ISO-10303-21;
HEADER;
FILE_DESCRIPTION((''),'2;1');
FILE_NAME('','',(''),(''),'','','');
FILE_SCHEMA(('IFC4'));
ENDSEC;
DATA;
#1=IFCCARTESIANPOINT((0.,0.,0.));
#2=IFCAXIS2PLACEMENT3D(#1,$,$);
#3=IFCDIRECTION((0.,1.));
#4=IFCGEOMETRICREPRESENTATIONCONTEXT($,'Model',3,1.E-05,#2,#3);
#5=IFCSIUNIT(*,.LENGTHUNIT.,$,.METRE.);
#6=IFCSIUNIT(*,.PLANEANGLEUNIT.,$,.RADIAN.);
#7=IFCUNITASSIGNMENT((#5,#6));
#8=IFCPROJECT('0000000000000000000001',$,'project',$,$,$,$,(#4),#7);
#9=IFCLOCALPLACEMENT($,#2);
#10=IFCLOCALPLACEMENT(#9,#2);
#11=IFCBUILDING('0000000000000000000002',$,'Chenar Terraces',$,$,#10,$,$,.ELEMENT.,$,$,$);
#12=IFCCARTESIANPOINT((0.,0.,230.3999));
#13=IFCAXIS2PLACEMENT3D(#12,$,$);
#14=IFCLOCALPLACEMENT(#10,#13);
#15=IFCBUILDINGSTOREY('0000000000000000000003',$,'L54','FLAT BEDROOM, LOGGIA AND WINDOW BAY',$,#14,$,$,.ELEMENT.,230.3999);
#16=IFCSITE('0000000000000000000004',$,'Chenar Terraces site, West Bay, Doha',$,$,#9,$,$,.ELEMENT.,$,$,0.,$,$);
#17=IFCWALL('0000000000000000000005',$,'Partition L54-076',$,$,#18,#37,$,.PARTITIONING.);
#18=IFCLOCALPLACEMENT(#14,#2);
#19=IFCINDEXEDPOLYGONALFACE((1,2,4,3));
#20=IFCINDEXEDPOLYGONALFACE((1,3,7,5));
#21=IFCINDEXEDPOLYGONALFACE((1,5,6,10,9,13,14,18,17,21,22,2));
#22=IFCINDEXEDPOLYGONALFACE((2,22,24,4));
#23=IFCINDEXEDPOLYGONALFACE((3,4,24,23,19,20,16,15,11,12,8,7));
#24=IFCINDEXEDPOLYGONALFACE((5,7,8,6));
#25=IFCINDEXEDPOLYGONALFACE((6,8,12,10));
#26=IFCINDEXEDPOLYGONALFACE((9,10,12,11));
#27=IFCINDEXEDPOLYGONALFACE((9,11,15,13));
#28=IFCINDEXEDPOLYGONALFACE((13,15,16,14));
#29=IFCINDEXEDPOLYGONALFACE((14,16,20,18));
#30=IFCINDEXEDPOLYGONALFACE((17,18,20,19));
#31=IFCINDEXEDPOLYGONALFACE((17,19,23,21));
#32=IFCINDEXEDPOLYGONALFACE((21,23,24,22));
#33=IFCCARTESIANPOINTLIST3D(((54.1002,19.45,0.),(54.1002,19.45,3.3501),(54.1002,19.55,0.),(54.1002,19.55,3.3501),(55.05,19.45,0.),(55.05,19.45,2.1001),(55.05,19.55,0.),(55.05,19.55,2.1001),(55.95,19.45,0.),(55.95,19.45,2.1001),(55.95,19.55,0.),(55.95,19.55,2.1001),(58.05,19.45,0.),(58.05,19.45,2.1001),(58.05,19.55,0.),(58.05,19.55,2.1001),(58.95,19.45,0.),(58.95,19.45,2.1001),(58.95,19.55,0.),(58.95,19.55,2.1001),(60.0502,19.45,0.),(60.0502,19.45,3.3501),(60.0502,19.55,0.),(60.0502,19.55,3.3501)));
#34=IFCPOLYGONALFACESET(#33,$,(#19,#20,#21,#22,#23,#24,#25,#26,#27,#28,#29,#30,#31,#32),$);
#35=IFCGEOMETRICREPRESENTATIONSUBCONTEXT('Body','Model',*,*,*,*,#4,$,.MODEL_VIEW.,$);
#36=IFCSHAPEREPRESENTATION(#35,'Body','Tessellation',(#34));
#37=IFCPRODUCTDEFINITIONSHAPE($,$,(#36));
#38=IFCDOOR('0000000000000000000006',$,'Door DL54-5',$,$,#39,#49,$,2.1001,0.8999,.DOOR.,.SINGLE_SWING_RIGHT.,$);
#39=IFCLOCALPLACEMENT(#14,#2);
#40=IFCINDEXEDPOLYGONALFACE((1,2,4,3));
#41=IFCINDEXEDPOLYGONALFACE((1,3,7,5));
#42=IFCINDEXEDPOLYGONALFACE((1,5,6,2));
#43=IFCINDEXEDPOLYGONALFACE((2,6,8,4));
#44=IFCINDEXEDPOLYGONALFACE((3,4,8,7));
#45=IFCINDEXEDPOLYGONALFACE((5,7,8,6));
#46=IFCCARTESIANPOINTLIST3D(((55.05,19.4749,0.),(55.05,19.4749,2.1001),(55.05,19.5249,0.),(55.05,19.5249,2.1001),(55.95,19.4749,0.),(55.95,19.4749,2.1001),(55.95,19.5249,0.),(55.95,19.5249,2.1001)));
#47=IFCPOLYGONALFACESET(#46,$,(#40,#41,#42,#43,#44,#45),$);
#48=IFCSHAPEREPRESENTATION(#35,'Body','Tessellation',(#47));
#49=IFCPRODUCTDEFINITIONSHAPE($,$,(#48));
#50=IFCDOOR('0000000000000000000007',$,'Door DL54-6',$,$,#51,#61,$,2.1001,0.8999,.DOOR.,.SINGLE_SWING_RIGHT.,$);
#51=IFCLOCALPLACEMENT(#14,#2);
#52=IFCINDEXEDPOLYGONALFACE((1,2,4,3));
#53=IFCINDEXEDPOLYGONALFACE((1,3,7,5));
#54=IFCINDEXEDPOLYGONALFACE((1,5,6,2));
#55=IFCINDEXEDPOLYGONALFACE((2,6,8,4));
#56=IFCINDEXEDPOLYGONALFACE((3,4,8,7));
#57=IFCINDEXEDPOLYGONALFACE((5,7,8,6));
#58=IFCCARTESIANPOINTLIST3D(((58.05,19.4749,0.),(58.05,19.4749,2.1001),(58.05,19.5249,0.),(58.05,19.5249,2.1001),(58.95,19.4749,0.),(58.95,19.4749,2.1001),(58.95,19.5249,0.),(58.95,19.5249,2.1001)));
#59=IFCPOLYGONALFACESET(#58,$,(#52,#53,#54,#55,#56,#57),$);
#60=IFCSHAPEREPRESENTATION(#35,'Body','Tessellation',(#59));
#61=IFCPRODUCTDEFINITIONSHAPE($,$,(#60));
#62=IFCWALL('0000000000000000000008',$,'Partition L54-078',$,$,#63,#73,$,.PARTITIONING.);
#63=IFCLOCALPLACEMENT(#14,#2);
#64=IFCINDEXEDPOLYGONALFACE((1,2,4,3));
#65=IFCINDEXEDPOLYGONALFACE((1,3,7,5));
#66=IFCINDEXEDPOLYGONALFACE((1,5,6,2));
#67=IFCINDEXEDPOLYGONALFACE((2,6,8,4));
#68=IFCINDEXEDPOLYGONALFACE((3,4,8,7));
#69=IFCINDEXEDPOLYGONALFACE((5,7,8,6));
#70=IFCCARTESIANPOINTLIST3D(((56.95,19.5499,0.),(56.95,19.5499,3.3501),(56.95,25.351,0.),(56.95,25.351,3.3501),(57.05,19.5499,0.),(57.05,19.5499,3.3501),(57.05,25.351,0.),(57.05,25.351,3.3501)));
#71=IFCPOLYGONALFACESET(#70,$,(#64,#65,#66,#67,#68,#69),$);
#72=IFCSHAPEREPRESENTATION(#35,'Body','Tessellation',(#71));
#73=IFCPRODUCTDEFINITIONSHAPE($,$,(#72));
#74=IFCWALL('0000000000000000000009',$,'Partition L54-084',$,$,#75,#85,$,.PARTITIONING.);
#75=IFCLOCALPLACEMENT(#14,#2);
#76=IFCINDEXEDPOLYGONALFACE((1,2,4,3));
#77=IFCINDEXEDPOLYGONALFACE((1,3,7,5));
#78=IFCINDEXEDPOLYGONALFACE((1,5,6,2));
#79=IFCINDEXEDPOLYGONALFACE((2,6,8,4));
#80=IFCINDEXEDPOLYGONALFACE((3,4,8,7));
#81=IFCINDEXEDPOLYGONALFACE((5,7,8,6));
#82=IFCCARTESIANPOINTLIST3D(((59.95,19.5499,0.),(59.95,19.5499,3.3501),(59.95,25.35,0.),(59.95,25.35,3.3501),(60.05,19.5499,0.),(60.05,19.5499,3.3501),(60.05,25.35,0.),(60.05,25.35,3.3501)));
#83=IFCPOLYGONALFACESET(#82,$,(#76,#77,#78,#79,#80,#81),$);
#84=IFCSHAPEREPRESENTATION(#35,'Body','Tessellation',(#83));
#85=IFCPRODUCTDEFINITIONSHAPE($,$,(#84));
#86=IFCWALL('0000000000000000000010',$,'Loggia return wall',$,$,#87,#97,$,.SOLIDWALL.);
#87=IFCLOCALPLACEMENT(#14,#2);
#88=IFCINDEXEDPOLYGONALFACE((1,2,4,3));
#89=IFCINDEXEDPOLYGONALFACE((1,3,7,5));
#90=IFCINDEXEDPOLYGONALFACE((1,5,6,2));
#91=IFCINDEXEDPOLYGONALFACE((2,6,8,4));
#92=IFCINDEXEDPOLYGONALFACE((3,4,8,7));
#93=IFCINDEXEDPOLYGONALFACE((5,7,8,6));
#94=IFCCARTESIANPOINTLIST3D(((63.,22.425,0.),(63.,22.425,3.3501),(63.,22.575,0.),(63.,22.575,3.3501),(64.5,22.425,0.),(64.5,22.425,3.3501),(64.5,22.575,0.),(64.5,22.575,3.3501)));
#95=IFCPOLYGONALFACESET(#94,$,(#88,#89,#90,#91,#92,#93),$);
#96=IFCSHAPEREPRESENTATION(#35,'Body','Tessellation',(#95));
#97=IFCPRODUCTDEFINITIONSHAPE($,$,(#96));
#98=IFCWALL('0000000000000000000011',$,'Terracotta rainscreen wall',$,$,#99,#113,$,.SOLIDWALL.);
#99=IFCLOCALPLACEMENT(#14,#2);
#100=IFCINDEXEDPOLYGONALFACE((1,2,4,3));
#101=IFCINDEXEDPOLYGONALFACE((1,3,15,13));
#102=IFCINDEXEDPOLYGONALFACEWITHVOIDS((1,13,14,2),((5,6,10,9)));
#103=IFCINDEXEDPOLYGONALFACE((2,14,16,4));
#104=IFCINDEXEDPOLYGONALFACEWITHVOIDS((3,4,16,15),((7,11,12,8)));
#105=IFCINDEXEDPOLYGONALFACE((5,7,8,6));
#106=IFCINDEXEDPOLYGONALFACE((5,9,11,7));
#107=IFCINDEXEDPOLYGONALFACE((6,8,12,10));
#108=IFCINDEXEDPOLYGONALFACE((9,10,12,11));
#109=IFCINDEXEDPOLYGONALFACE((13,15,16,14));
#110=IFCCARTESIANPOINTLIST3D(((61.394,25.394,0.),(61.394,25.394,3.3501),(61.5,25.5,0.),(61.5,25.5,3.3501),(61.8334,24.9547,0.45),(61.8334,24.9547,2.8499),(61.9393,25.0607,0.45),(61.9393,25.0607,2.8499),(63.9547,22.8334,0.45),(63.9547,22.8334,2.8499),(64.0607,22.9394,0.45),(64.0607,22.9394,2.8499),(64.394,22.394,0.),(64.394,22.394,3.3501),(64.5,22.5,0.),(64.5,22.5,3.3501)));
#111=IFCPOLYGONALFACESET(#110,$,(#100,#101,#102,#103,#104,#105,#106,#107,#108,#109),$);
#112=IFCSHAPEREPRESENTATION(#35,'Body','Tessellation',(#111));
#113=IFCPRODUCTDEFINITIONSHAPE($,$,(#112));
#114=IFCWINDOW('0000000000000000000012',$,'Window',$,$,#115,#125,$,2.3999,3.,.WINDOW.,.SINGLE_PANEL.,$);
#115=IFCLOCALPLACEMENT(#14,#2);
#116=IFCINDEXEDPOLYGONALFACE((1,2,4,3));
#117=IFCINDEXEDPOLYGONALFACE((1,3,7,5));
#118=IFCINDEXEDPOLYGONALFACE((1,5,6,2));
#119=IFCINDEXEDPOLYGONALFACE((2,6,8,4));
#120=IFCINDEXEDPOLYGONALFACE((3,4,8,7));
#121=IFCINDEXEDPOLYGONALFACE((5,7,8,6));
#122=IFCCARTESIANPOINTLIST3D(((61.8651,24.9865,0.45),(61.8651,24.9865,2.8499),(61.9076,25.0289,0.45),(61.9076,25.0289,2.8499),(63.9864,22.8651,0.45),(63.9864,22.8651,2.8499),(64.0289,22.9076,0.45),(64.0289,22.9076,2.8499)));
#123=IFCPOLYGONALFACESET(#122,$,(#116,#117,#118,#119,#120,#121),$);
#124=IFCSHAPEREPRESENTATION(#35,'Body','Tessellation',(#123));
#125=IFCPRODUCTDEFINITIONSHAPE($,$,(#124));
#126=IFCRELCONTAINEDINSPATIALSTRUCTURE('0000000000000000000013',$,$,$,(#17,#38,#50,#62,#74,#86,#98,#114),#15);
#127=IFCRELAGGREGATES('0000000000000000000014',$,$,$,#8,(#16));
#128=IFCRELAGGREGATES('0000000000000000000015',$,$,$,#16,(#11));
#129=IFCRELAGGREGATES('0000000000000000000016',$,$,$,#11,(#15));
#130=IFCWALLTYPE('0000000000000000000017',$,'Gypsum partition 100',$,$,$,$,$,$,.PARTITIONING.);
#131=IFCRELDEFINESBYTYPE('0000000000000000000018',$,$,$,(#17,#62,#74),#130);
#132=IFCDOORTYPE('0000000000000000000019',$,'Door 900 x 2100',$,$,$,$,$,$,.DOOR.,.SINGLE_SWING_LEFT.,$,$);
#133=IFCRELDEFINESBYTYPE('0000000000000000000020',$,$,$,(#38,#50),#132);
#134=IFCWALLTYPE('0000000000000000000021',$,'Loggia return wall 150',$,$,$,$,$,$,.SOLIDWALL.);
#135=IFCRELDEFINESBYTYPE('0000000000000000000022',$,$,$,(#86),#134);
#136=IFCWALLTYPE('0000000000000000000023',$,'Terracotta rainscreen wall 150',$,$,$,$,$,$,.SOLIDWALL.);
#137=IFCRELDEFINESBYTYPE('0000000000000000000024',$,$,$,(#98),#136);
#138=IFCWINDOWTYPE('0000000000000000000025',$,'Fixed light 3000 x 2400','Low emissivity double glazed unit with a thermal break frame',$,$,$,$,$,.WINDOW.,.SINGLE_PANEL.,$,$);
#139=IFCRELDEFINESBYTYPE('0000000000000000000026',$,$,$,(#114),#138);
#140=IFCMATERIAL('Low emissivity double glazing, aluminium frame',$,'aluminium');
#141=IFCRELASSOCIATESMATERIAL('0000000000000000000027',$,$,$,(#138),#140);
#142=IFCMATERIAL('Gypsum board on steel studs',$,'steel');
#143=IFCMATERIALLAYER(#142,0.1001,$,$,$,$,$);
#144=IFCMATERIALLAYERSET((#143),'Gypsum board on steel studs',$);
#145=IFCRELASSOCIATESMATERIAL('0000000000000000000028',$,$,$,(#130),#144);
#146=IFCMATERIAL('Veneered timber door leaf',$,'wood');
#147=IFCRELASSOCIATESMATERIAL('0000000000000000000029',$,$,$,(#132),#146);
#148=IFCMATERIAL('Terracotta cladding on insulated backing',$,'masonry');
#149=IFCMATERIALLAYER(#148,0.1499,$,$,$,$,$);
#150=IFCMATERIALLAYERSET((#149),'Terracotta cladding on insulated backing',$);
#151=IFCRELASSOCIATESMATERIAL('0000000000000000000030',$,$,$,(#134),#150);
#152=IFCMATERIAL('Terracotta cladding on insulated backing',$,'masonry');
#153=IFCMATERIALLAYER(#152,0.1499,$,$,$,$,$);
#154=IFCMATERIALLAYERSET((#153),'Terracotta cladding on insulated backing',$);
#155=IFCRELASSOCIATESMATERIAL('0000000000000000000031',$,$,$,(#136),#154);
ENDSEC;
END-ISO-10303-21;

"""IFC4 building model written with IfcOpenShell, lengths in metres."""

from ifc_helpers import new_model, si_unit, direction, frame, frame_2d, origin, place, context, subcontext, project, spatial, rectangle, extrude, material, layer, layer_set, type_object, element, fill, save


model = new_model("IFC4")

# Units and contexts
model_context = context("Model", 3, precision=1e-05, world=origin(), true_north=direction((0.0, 1.0)))
body_context = subcontext(model_context, "Body", "Model", "MODEL_VIEW")
ifc_project = project(units=[si_unit("LENGTHUNIT", "METRE"), si_unit("PLANEANGLEUNIT", "RADIAN")], contexts=[model_context])

# Site, building, storey
site_placement = place(None, origin())
site = spatial("IfcSite", under=ifc_project, at=site_placement, Name="Chenar Terraces site, West Bay, Doha", CompositionType="ELEMENT", RefElevation=0.0)
building_placement = place(site_placement, origin())
building = spatial("IfcBuilding", under=site, at=building_placement, Name="Chenar Terraces", CompositionType="ELEMENT")
storey_placement = place(building_placement, frame((0.0, 0.0, 230.3999)))
storey = spatial("IfcBuildingStorey", under=building, at=storey_placement, Name="L54", Description="FLAT BEDROOM, LOGGIA AND WINDOW BAY", CompositionType="ELEMENT", Elevation=230.3999)

# Shared definitions
ifc_material_1 = material(Name="Low emissivity double glazing, aluminium frame", Category="aluminium")
window_type_1 = type_object("IfcWindowType", Name="Fixed light 3000 x 2400", Description="Low emissivity double glazed unit with a thermal break frame", PartitioningType="SINGLE_PANEL", PredefinedType="WINDOW", material=ifc_material_1)

# Wall, openings, doors
ifc_material_2 = material(Name="Gypsum board on steel studs", Category="steel")
ifc_layer_1 = layer(ifc_material_2, 0.1001)
ifc_layer_set_1 = layer_set([ifc_layer_1], Name="Gypsum board on steel studs")
wall_type_1 = type_object("IfcWallType", Name="Gypsum partition 100", PredefinedType="PARTITIONING", material=ifc_layer_set_1)
wall_1_placement = place(storey_placement, frame((54.1001, 19.5, 0.0), z_axis=(0.0, 0.0, 1.0), x_axis=(1.0, 0.0, 0.0)))
wall_1 = element("IfcWall", 1, at=wall_1_placement, inside=storey, type_object=wall_type_1, Name="Partition L54-076", PredefinedType="PARTITIONING", context=body_context, shape_type="SweptSolid", body=[
    extrude(rectangle(XDim=5.95, YDim=0.1001, at=frame_2d((2.9751, 0.0))), origin(), (0.0, 0.0, 1.0), 3.3501),
])
opening_1_placement = place(wall_1_placement, frame((0.95, 0.0, 0.0)))
opening_1 = element("IfcOpeningElement", 2, at=opening_1_placement, cuts=wall_1, PredefinedType="OPENING", context=body_context, shape_type="SweptSolid", body=[
    extrude(rectangle(XDim=0.8999, YDim=2.1001, at=frame_2d((0.45, 1.05))), frame((0.0, 0.0601, 0.0), z_axis=(0.0, -1.0, 0.0), x_axis=(1.0, 0.0, 0.0)), (0.0, 0.0, 1.0), 0.1201),
])
opening_2_placement = place(wall_1_placement, frame((3.95, 0.0, 0.0)))
opening_2 = element("IfcOpeningElement", 3, at=opening_2_placement, cuts=wall_1, PredefinedType="OPENING", context=body_context, shape_type="SweptSolid", body=[
    extrude(rectangle(XDim=0.8999, YDim=2.1001, at=frame_2d((0.45, 1.05))), frame((0.0, 0.0601, 0.0), z_axis=(0.0, -1.0, 0.0), x_axis=(1.0, 0.0, 0.0)), (0.0, 0.0, 1.0), 0.1201),
])
ifc_material_3 = material(Name="Veneered timber door leaf", Category="wood")
door_type_1 = type_object("IfcDoorType", Name="Door 900 x 2100", OperationType="SINGLE_SWING_LEFT", PredefinedType="DOOR", material=ifc_material_3)
door_1_placement = place(opening_1_placement, origin())
door_1 = element("IfcDoor", 4, at=door_1_placement, inside=storey, type_object=door_type_1, Name="Door DL54-5", OperationType="SINGLE_SWING_RIGHT", OverallHeight=2.1001, OverallWidth=0.8999, PredefinedType="DOOR", context=body_context, shape_type="SweptSolid", body=[
    extrude(rectangle(XDim=0.8999, YDim=2.1001, at=frame_2d((0.45, 1.05))), frame((0.0, 0.0249, 0.0), z_axis=(0.0, -1.0, 0.0), x_axis=(1.0, 0.0, 0.0)), (0.0, 0.0, 1.0), 0.05),
])
fill(opening_1, door_1)
door_2_placement = place(opening_2_placement, origin())
door_2 = element("IfcDoor", 5, at=door_2_placement, inside=storey, type_object=door_type_1, Name="Door DL54-6", OperationType="SINGLE_SWING_RIGHT", OverallHeight=2.1001, OverallWidth=0.8999, PredefinedType="DOOR", context=body_context, shape_type="SweptSolid", body=[
    extrude(rectangle(XDim=0.8999, YDim=2.1001, at=frame_2d((0.45, 1.05))), frame((0.0, 0.0249, 0.0), z_axis=(0.0, -1.0, 0.0), x_axis=(1.0, 0.0, 0.0)), (0.0, 0.0, 1.0), 0.05),
])
fill(opening_2, door_2)

# Walls
wall_2_placement = place(storey_placement, frame((57.0, 19.55, 0.0), z_axis=(0.0, 0.0, 1.0), x_axis=(0.0, 1.0, 0.0)))
element("IfcWall", 6, at=wall_2_placement, inside=storey, type_object=wall_type_1, Name="Partition L54-078", PredefinedType="PARTITIONING", context=body_context, shape_type="SweptSolid", body=[
    extrude(rectangle(XDim=5.801, YDim=0.1001, at=frame_2d((2.9004, 0.0))), origin(), (0.0, 0.0, 1.0), 3.3501),
])
wall_3_placement = place(storey_placement, frame((60.0, 19.55, 0.0), z_axis=(0.0, 0.0, 1.0), x_axis=(0.0, 1.0, 0.0)))
element("IfcWall", 7, at=wall_3_placement, inside=storey, type_object=wall_type_1, Name="Partition L54-084", PredefinedType="PARTITIONING", context=body_context, shape_type="SweptSolid", body=[
    extrude(rectangle(XDim=5.8, YDim=0.1001, at=frame_2d((2.8999, 0.0))), origin(), (0.0, 0.0, 1.0), 3.3501),
])
ifc_material_4 = material(Name="Terracotta cladding on insulated backing", Category="masonry")
ifc_layer_2 = layer(ifc_material_4, 0.1499)
ifc_layer_set_2 = layer_set([ifc_layer_2], Name="Terracotta cladding on insulated backing")
wall_type_2 = type_object("IfcWallType", Name="Loggia return wall 150", PredefinedType="SOLIDWALL", material=ifc_layer_set_2)
wall_4_placement = place(storey_placement, frame((64.5, 22.5, 0.0), z_axis=(0.0, 0.0, 1.0), x_axis=(-1.0, 0.0, 0.0)))
element("IfcWall", 8, at=wall_4_placement, inside=storey, type_object=wall_type_2, Name="Loggia return wall", PredefinedType="SOLIDWALL", context=body_context, shape_type="SweptSolid", body=[
    extrude(rectangle(XDim=1.5, YDim=0.1499, at=frame_2d((0.75, 0.0))), origin(), (0.0, 0.0, 1.0), 3.3501),
])

# Wall, opening, window
ifc_material_5 = material(Name="Terracotta cladding on insulated backing", Category="masonry")
ifc_layer_3 = layer(ifc_material_5, 0.1499)
ifc_layer_set_3 = layer_set([ifc_layer_3], Name="Terracotta cladding on insulated backing")
wall_type_3 = type_object("IfcWallType", Name="Terracotta rainscreen wall 150", PredefinedType="SOLIDWALL", material=ifc_layer_set_3)
wall_5_placement = place(storey_placement, frame((64.447, 22.447, 0.0), z_axis=(0.0, 0.0, 1.0), x_axis=(-0.707107, 0.707107, 0.0)))
wall_5 = element("IfcWall", 9, at=wall_5_placement, inside=storey, type_object=wall_type_3, Name="Terracotta rainscreen wall", PredefinedType="SOLIDWALL", context=body_context, shape_type="SweptSolid", body=[
    extrude(rectangle(XDim=4.2427, YDim=0.1499, at=frame_2d((2.1213, 0.0))), origin(), (0.0, 0.0, 1.0), 3.3501),
])
opening_3_placement = place(wall_5_placement, frame((0.6213, 0.0, 0.45)))
opening_3 = element("IfcOpeningElement", 10, at=opening_3_placement, cuts=wall_5, PredefinedType="OPENING", context=body_context, shape_type="SweptSolid", body=[
    extrude(rectangle(XDim=3.0, YDim=2.3999, at=frame_2d((1.5, 1.2))), frame((0.0, 0.085, 0.0), z_axis=(0.0, -1.0, 0.0), x_axis=(1.0, 0.0, 0.0)), (0.0, 0.0, 1.0), 0.1699),
])
window_1_placement = place(opening_3_placement, origin())
window_1 = element("IfcWindow", 11, at=window_1_placement, inside=storey, type_object=window_type_1, Name="Window", OverallHeight=2.3999, OverallWidth=3.0, PartitioningType="SINGLE_PANEL", PredefinedType="WINDOW", context=body_context, shape_type="SweptSolid", body=[
    extrude(rectangle(XDim=3.0, YDim=2.3999, at=frame_2d((1.5, 1.2))), frame((0.0, 0.03, 0.0), z_axis=(0.0, -1.0, 0.0), x_axis=(1.0, 0.0, 0.0)), (0.0, 0.0, 1.0), 0.0601),
])
fill(opening_3, window_1)

save(model, "model.ifc")
